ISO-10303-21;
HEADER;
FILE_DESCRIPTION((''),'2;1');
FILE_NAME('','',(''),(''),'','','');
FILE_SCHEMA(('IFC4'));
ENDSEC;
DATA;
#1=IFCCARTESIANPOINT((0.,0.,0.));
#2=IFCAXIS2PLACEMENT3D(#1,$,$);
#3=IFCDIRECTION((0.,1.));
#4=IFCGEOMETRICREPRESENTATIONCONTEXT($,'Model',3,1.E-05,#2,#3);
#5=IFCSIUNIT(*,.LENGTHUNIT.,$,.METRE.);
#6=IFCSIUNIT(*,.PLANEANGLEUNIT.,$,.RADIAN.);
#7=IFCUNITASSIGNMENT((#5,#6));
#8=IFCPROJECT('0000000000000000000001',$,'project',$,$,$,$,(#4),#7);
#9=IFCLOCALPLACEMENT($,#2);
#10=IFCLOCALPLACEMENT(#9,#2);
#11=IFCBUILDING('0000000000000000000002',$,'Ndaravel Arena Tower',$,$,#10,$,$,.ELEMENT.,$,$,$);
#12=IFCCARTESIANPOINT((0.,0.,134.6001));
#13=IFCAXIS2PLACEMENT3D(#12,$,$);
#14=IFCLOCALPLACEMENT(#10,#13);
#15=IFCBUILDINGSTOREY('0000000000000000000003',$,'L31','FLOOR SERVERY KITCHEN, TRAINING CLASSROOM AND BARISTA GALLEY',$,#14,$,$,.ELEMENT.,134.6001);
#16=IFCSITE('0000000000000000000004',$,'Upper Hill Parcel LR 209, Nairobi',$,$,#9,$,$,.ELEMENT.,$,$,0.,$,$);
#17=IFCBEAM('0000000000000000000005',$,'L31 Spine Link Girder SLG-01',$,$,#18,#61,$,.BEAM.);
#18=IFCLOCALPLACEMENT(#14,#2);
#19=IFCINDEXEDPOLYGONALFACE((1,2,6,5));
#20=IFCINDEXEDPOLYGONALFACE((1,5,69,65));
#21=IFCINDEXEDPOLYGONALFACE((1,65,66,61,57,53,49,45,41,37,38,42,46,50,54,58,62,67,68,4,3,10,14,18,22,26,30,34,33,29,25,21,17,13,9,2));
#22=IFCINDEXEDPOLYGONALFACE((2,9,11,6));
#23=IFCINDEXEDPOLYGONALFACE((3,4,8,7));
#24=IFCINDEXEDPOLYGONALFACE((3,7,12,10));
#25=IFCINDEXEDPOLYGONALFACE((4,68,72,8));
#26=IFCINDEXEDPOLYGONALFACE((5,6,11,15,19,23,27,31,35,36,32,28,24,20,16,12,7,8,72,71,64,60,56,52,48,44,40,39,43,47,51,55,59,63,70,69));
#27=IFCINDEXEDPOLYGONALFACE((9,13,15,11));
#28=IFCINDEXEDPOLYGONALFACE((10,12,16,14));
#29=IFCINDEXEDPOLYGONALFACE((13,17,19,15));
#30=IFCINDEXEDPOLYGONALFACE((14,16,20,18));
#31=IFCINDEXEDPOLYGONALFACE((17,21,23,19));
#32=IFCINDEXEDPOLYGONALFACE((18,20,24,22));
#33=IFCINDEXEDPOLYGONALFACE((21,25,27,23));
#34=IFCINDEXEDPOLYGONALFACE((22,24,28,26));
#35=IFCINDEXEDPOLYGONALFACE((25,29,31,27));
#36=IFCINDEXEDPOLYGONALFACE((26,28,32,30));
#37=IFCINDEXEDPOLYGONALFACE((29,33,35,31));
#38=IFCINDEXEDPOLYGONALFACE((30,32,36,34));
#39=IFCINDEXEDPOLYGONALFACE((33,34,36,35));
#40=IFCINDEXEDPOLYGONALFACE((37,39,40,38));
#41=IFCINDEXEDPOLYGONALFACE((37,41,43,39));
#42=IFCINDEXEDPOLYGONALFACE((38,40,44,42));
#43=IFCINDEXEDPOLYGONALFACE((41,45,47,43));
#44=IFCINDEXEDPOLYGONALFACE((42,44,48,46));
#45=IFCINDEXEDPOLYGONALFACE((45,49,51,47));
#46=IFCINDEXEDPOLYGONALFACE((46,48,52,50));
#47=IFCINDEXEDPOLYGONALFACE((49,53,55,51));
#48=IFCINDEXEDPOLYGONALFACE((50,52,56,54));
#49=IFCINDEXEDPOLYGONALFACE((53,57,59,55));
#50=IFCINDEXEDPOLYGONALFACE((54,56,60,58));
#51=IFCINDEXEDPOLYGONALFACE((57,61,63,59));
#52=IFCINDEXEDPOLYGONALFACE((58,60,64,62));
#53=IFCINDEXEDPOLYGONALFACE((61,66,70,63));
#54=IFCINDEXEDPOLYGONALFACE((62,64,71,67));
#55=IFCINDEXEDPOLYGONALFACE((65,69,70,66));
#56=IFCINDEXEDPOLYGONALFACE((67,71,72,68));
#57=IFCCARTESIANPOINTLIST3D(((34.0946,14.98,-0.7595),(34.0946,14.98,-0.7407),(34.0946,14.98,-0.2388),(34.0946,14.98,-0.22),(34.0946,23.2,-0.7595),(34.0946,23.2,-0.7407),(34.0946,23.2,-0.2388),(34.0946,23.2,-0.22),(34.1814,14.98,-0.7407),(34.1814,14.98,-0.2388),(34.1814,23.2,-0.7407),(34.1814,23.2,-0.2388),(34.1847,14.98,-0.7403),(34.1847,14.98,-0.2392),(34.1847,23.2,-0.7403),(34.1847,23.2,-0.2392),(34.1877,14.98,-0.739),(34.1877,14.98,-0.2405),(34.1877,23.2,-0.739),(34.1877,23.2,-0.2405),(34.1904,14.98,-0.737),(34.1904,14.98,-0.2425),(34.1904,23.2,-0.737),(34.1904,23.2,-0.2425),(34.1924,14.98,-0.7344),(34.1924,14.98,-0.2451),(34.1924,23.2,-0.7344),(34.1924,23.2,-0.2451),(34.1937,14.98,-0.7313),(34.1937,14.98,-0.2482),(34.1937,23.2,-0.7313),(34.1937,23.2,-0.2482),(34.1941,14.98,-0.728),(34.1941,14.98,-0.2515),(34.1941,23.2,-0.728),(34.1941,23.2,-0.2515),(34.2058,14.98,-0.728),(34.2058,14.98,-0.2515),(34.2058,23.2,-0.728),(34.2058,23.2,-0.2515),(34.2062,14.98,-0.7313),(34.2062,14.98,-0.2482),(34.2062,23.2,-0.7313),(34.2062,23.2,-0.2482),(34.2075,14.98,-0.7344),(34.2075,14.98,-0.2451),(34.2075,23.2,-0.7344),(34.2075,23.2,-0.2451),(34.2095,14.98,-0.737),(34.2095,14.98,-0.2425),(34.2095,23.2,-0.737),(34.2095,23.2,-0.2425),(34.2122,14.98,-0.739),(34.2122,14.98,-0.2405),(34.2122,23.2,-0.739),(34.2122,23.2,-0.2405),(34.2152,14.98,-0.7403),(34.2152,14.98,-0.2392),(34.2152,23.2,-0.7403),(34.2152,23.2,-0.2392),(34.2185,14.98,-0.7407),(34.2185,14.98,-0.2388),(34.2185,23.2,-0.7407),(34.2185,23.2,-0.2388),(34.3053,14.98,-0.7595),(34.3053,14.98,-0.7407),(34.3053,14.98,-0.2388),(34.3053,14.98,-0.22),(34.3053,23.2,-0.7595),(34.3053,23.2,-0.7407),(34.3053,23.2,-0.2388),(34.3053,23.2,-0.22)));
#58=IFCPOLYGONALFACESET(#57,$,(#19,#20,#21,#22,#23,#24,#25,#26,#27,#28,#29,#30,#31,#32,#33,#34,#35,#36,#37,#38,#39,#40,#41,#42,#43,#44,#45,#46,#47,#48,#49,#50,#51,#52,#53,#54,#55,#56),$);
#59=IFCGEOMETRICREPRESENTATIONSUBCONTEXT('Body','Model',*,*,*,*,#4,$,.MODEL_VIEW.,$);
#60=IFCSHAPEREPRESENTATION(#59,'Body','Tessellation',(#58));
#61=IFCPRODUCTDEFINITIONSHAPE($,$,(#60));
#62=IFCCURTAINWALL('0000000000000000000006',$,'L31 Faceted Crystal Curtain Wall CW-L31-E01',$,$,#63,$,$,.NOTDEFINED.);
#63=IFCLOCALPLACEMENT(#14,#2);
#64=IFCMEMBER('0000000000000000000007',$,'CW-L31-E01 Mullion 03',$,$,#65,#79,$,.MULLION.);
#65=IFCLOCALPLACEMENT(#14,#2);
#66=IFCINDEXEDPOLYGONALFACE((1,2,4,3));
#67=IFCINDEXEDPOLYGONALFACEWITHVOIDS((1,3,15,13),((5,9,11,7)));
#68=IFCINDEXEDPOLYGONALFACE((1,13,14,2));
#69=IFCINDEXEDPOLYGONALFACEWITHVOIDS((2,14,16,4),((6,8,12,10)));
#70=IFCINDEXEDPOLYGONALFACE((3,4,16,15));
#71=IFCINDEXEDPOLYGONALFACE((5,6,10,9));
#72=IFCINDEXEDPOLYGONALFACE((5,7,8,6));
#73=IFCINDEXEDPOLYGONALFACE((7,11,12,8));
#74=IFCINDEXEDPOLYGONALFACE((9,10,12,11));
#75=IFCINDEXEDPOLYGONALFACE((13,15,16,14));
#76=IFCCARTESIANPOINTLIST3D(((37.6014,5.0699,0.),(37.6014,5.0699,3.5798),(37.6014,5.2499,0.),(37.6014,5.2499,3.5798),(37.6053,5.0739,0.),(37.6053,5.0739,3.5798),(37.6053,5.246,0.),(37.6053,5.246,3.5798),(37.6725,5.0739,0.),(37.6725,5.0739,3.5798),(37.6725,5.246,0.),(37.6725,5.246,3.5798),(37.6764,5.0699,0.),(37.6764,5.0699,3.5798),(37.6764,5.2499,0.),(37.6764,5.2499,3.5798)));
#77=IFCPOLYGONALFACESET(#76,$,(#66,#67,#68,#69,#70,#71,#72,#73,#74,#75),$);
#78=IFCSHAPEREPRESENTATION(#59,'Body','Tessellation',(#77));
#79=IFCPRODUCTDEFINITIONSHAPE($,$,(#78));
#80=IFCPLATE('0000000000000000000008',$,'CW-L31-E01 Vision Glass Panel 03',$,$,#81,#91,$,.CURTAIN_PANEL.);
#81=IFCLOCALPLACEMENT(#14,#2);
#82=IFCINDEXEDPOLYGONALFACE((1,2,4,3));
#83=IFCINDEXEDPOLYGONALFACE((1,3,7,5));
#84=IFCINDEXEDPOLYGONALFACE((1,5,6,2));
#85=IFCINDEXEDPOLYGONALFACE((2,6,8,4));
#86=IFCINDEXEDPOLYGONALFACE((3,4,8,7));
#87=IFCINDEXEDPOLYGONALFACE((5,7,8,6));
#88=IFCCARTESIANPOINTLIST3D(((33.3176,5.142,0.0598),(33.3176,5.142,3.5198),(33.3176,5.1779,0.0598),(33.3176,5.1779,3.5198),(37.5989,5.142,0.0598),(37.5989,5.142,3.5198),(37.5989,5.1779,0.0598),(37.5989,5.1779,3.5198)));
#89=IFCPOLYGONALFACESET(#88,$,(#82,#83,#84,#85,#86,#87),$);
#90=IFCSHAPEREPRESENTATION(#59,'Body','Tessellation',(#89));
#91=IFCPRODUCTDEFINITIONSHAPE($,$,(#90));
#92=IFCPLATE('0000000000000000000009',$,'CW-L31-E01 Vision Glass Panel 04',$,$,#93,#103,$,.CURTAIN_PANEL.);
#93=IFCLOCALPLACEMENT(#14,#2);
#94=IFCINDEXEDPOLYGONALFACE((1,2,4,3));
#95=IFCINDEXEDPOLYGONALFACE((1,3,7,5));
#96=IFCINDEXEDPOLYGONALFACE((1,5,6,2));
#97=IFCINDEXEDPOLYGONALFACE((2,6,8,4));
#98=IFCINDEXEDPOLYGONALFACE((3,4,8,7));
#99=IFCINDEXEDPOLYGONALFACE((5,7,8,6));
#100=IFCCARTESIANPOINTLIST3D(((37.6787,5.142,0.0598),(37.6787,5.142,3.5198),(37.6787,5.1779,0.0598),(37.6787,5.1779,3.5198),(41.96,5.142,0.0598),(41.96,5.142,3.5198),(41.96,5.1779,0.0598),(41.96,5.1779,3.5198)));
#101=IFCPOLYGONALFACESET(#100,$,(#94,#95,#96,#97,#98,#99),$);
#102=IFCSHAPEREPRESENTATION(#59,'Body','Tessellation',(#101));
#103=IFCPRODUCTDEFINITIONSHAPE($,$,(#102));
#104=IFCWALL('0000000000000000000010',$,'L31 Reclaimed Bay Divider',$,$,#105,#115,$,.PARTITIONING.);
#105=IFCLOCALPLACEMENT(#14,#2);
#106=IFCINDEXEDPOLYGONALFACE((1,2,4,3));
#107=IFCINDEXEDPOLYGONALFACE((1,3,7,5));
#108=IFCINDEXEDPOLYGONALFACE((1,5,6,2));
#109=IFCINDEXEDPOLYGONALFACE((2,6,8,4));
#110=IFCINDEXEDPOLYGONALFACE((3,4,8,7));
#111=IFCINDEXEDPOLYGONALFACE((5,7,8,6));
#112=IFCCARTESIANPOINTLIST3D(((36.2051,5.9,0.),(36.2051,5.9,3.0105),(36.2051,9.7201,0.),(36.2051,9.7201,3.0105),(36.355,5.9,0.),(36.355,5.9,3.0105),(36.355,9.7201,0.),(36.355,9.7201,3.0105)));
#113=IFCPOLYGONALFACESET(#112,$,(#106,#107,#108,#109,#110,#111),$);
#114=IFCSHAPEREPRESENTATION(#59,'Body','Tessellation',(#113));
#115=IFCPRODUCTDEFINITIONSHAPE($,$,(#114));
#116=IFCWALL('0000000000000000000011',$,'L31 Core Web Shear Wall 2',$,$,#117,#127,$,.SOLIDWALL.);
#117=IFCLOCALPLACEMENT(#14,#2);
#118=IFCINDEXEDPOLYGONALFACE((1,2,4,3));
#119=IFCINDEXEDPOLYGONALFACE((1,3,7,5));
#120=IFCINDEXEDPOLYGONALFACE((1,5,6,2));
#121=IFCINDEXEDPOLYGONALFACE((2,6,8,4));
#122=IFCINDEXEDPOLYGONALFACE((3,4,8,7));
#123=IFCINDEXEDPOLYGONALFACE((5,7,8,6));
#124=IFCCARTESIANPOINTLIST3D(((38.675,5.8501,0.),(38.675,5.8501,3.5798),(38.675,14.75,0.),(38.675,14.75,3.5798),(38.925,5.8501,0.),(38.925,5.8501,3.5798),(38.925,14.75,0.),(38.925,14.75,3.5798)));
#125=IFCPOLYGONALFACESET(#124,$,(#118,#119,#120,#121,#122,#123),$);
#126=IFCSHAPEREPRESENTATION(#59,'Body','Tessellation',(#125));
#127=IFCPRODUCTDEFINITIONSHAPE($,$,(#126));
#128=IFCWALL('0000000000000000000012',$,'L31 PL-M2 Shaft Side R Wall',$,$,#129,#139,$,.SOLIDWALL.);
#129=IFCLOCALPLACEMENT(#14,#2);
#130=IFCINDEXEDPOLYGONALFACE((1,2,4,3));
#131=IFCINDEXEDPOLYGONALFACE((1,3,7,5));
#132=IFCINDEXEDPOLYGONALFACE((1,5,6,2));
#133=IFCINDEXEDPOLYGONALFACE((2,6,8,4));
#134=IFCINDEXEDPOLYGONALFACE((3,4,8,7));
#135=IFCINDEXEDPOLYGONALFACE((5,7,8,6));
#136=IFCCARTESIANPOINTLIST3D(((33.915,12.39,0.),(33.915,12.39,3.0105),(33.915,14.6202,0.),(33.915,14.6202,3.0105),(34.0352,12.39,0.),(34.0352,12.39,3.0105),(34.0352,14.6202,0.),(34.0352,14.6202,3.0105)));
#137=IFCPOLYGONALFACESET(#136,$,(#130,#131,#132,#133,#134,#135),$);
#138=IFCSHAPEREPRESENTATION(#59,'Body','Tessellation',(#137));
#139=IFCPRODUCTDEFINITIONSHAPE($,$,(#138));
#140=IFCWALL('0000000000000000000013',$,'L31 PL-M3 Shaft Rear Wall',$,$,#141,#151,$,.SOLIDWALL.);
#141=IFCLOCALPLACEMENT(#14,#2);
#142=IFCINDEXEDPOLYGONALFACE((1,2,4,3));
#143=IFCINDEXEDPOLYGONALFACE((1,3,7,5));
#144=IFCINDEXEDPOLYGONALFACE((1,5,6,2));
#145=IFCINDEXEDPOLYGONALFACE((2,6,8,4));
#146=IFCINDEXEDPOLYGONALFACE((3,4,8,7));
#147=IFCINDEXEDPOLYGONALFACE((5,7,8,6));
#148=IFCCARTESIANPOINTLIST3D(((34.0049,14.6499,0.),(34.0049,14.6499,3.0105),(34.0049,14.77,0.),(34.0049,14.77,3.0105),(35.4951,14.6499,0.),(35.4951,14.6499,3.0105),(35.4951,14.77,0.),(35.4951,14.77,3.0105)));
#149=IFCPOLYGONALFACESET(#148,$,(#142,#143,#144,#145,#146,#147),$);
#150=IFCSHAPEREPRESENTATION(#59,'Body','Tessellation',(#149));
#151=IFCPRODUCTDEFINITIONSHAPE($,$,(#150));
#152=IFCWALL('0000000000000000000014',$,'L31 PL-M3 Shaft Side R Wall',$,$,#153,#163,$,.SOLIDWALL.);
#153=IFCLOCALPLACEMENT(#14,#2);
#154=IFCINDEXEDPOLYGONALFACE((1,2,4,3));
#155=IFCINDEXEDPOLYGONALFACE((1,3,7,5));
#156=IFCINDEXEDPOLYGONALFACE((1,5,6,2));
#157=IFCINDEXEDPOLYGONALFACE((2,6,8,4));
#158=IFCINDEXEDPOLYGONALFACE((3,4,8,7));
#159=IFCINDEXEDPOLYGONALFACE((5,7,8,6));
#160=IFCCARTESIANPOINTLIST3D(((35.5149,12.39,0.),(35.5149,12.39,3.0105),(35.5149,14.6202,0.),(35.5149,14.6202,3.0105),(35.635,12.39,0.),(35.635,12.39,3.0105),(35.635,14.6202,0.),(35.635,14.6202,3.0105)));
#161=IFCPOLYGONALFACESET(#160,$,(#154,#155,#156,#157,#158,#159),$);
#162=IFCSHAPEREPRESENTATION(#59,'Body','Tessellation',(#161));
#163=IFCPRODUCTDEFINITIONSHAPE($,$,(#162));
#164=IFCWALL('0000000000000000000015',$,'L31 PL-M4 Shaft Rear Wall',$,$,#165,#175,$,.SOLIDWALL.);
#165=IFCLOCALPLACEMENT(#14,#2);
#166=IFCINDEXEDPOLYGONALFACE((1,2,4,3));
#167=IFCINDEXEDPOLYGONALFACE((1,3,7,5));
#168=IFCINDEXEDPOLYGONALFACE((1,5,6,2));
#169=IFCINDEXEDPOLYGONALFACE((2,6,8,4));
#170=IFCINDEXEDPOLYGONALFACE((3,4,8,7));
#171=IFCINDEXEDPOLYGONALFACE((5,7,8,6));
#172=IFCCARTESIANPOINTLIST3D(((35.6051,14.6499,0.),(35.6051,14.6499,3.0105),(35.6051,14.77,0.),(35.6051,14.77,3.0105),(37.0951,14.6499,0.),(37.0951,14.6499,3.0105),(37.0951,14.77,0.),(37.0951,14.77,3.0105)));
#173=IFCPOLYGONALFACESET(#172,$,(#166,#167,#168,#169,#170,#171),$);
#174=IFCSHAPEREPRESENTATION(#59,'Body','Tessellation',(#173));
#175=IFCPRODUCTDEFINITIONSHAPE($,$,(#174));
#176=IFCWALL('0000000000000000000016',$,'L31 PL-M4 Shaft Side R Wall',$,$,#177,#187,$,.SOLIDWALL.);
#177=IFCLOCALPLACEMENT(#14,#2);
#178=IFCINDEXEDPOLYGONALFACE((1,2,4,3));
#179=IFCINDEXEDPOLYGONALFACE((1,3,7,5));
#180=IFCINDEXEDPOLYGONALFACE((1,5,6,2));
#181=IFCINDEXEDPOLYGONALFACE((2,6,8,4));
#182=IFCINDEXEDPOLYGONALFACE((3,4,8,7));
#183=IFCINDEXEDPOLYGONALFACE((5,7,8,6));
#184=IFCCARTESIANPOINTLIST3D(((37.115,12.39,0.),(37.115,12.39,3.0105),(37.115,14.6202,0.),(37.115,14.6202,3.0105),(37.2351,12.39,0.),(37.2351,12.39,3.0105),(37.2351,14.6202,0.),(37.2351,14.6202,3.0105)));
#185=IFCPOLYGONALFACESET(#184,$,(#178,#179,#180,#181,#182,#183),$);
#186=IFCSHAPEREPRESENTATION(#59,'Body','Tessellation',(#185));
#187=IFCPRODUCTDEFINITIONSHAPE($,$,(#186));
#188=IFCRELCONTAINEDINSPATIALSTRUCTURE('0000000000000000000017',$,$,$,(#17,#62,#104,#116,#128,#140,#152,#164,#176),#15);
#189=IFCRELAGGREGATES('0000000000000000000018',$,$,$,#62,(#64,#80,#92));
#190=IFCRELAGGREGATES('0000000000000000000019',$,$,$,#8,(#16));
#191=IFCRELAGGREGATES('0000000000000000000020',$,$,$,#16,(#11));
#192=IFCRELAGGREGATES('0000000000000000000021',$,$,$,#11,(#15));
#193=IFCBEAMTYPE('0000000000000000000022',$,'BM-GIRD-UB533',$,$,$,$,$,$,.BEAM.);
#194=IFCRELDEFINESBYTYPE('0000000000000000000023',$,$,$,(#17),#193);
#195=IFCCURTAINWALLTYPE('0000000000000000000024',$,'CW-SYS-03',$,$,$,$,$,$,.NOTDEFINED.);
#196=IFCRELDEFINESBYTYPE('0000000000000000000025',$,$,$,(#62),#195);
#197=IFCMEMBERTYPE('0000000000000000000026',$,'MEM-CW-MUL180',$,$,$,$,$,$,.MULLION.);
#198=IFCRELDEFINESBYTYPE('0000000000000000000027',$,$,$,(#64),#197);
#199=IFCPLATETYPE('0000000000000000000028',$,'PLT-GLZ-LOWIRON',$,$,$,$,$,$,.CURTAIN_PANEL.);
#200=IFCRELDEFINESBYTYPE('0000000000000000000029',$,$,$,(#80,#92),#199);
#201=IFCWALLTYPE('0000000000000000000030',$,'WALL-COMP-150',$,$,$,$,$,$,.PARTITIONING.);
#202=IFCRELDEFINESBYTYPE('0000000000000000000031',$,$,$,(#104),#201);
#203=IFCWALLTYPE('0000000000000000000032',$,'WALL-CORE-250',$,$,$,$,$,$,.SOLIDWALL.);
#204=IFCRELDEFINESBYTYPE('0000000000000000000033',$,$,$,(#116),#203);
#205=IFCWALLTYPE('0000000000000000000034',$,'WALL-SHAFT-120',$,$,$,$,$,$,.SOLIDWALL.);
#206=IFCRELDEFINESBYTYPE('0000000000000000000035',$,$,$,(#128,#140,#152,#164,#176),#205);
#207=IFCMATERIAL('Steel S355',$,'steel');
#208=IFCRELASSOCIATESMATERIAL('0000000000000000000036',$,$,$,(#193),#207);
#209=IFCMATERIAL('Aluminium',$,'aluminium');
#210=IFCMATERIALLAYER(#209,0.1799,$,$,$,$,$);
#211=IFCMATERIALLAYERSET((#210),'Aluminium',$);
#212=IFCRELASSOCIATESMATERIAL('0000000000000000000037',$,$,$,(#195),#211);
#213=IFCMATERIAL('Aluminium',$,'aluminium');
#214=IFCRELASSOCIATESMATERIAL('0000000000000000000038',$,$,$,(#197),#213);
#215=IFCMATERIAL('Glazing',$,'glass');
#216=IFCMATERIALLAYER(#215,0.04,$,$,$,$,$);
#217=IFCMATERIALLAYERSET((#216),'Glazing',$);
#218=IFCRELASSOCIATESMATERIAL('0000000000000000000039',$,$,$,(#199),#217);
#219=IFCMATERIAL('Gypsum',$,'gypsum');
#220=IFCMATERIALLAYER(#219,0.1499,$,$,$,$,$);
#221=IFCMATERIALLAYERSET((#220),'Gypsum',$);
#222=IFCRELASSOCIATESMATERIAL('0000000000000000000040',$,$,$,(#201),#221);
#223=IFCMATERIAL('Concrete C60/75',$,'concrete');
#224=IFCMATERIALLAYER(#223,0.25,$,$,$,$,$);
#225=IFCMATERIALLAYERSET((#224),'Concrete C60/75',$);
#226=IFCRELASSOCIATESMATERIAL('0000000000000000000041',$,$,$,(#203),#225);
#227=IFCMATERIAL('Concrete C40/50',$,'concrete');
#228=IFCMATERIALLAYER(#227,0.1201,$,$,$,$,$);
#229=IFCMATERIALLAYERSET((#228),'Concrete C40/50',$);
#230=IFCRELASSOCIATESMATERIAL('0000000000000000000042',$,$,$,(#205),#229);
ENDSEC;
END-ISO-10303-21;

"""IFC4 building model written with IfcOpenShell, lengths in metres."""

from ifc_helpers import new_model, si_unit, direction, frame, frame_2d, origin, origin_2d, place, context, subcontext, project, spatial, rectangle, hollow_rectangle, i_section, extrude, material, layer, layer_set, material_profile, profile_set, type_object, element, aggregate, save


model = new_model("IFC4")

# Units and contexts
model_context = context("Model", 3, precision=1e-05, world=origin(), true_north=direction((0.0, 1.0)))
body_context = subcontext(model_context, "Body", "Model", "MODEL_VIEW")
ifc_project = project(units=[si_unit("LENGTHUNIT", "METRE"), si_unit("PLANEANGLEUNIT", "RADIAN")], contexts=[model_context])

# Site, building, storey
site_placement = place(None, origin())
site = spatial("IfcSite", under=ifc_project, at=site_placement, Name="Upper Hill Parcel LR 209, Nairobi", CompositionType="ELEMENT", RefElevation=0.0)
building_placement = place(site_placement, origin())
building = spatial("IfcBuilding", under=site, at=building_placement, Name="Ndaravel Arena Tower", CompositionType="ELEMENT")
storey_placement = place(building_placement, frame((0.0, 0.0, 134.6001)))
storey = spatial("IfcBuildingStorey", under=building, at=storey_placement, Name="L31", Description="FLOOR SERVERY KITCHEN, TRAINING CLASSROOM AND BARISTA GALLEY", CompositionType="ELEMENT", Elevation=134.6001)

# Beam
ifc_material_1 = material(Name="Steel S355", Category="steel")
ifc_material_profile_1 = material_profile(ifc_material_1, i_section(OverallWidth=0.2107, OverallDepth=0.5396, WebThickness=0.0117, FlangeThickness=0.0188, FilletRadius=0.0127, at=origin_2d()), Name="UB 533x210x109")
ifc_profile_set_1 = profile_set([ifc_material_profile_1], Name="Steel S355")
beam_type = type_object("IfcBeamType", Name="BM-GIRD-UB533", PredefinedType="BEAM", material=ifc_profile_set_1)
beam_placement = place(storey_placement, frame((34.2, 14.98, -0.4897), z_axis=(0.0, 1.0, 0.0), x_axis=(-1.0, 0.0, 0.0)))
element("IfcBeam", 1, at=beam_placement, inside=storey, type_object=beam_type, Name="L31 Spine Link Girder SLG-01", PredefinedType="BEAM", context=body_context, shape_type="SweptSolid", body=[
    extrude(i_section(OverallWidth=0.2107, OverallDepth=0.5396, WebThickness=0.0117, FlangeThickness=0.0188, FilletRadius=0.0127, at=origin_2d()), origin(), (0.0, 0.0, 1.0), 8.22),
])

# Curtain wall, member, plates
ifc_material_2 = material(Name="Aluminium", Category="aluminium")
ifc_layer_1 = layer(ifc_material_2, 0.1799)
ifc_layer_set_1 = layer_set([ifc_layer_1], Name="Aluminium")
curtain_wall_type = type_object("IfcCurtainWallType", Name="CW-SYS-03", PredefinedType="NOTDEFINED", material=ifc_layer_set_1)
curtain_wall_placement = place(storey_placement, origin())
curtain_wall = element("IfcCurtainWall", 2, at=curtain_wall_placement, inside=storey, type_object=curtain_wall_type, Name="L31 Faceted Crystal Curtain Wall CW-L31-E01", PredefinedType="NOTDEFINED")
ifc_material_3 = material(Name="Aluminium", Category="aluminium")
ifc_material_profile_2 = material_profile(ifc_material_3, hollow_rectangle(XDim=0.075, YDim=0.1799, WallThickness=0.0039, at=origin_2d()), Name="CW MULLION 75x180x4")
ifc_profile_set_2 = profile_set([ifc_material_profile_2], Name="Aluminium")
member_type = type_object("IfcMemberType", Name="MEM-CW-MUL180", PredefinedType="MULLION", material=ifc_profile_set_2)
member_placement = place(storey_placement, frame((37.6389, 5.1599, 0.0), z_axis=(0.0, 0.0, 1.0), x_axis=(1.0, 0.0, 0.0)))
member = element("IfcMember", 3, at=member_placement, type_object=member_type, Name="CW-L31-E01 Mullion 03", PredefinedType="MULLION", context=body_context, shape_type="SweptSolid", body=[
    extrude(hollow_rectangle(XDim=0.075, YDim=0.1799, WallThickness=0.0039, at=origin_2d()), origin(), (0.0, 0.0, 1.0), 3.5798),
])
ifc_material_4 = material(Name="Glazing", Category="glass")
ifc_layer_2 = layer(ifc_material_4, 0.04)
ifc_layer_set_2 = layer_set([ifc_layer_2], Name="Glazing")
plate_type = type_object("IfcPlateType", Name="PLT-GLZ-LOWIRON", PredefinedType="CURTAIN_PANEL", material=ifc_layer_set_2)
plate_1_placement = place(storey_placement, frame((35.4583, 5.1599, 0.0598), z_axis=(0.0, 0.0, 1.0), x_axis=(1.0, 0.0, 0.0)))
plate_1 = element("IfcPlate", 4, at=plate_1_placement, type_object=plate_type, Name="CW-L31-E01 Vision Glass Panel 03", PredefinedType="CURTAIN_PANEL", context=body_context, shape_type="SweptSolid", body=[
    extrude(rectangle(XDim=4.2812, YDim=0.0359, at=origin_2d()), origin(), (0.0, 0.0, 1.0), 3.46),
])
plate_2_placement = place(storey_placement, frame((39.8193, 5.1599, 0.0598), z_axis=(0.0, 0.0, 1.0), x_axis=(1.0, 0.0, 0.0)))
plate_2 = element("IfcPlate", 5, at=plate_2_placement, type_object=plate_type, Name="CW-L31-E01 Vision Glass Panel 04", PredefinedType="CURTAIN_PANEL", context=body_context, shape_type="SweptSolid", body=[
    extrude(rectangle(XDim=4.2812, YDim=0.0359, at=origin_2d()), origin(), (0.0, 0.0, 1.0), 3.46),
])
aggregate(curtain_wall, [member, plate_1, plate_2])

# Walls
ifc_material_5 = material(Name="Gypsum", Category="gypsum")
ifc_layer_3 = layer(ifc_material_5, 0.1499)
ifc_layer_set_3 = layer_set([ifc_layer_3], Name="Gypsum")
wall_type_1 = type_object("IfcWallType", Name="WALL-COMP-150", PredefinedType="PARTITIONING", material=ifc_layer_set_3)
wall_1_placement = place(storey_placement, frame((36.28, 5.8999, 0.0), z_axis=(0.0, 0.0, 1.0), x_axis=(0.0, 1.0, 0.0)))
element("IfcWall", 6, at=wall_1_placement, inside=storey, type_object=wall_type_1, Name="L31 Reclaimed Bay Divider", PredefinedType="PARTITIONING", context=body_context, shape_type="SweptSolid", body=[
    extrude(rectangle(XDim=3.8201, YDim=0.1499, at=frame_2d((1.9102, 0.0))), origin(), (0.0, 0.0, 1.0), 3.0105),
])
ifc_material_6 = material(Name="Concrete C60/75", Category="concrete")
ifc_layer_4 = layer(ifc_material_6, 0.25)
ifc_layer_set_4 = layer_set([ifc_layer_4], Name="Concrete C60/75")
wall_type_2 = type_object("IfcWallType", Name="WALL-CORE-250", PredefinedType="SOLIDWALL", material=ifc_layer_set_4)
wall_2_placement = place(storey_placement, frame((38.8, 5.8501, 0.0), z_axis=(0.0, 0.0, 1.0), x_axis=(0.0, 1.0, 0.0)))
element("IfcWall", 7, at=wall_2_placement, inside=storey, type_object=wall_type_2, Name="L31 Core Web Shear Wall 2", PredefinedType="SOLIDWALL", context=body_context, shape_type="SweptSolid", body=[
    extrude(rectangle(XDim=8.8999, YDim=0.25, at=frame_2d((4.45, 0.0))), origin(), (0.0, 0.0, 1.0), 3.5798),
])
ifc_material_7 = material(Name="Concrete C40/50", Category="concrete")
ifc_layer_5 = layer(ifc_material_7, 0.1201)
ifc_layer_set_5 = layer_set([ifc_layer_5], Name="Concrete C40/50")
wall_type_3 = type_object("IfcWallType", Name="WALL-SHAFT-120", PredefinedType="SOLIDWALL", material=ifc_layer_set_5)
wall_3_placement = place(storey_placement, frame((33.9751, 12.3899, 0.0), z_axis=(0.0, 0.0, 1.0), x_axis=(0.0, 1.0, 0.0)))
element("IfcWall", 8, at=wall_3_placement, inside=storey, type_object=wall_type_3, Name="L31 PL-M2 Shaft Side R Wall", PredefinedType="SOLIDWALL", context=body_context, shape_type="SweptSolid", body=[
    extrude(rectangle(XDim=2.2302, YDim=0.1201, at=frame_2d((1.1152, 0.0))), origin(), (0.0, 0.0, 1.0), 3.0105),
])
wall_4_placement = place(storey_placement, frame((34.0049, 14.71, 0.0), z_axis=(0.0, 0.0, 1.0), x_axis=(1.0, 0.0, 0.0)))
element("IfcWall", 9, at=wall_4_placement, inside=storey, type_object=wall_type_3, Name="L31 PL-M3 Shaft Rear Wall", PredefinedType="SOLIDWALL", context=body_context, shape_type="SweptSolid", body=[
    extrude(rectangle(XDim=1.4902, YDim=0.1201, at=frame_2d((0.7451, 0.0))), origin(), (0.0, 0.0, 1.0), 3.0105),
])
wall_5_placement = place(storey_placement, frame((35.575, 12.3899, 0.0), z_axis=(0.0, 0.0, 1.0), x_axis=(0.0, 1.0, 0.0)))
element("IfcWall", 10, at=wall_5_placement, inside=storey, type_object=wall_type_3, Name="L31 PL-M3 Shaft Side R Wall", PredefinedType="SOLIDWALL", context=body_context, shape_type="SweptSolid", body=[
    extrude(rectangle(XDim=2.2302, YDim=0.1201, at=frame_2d((1.1152, 0.0))), origin(), (0.0, 0.0, 1.0), 3.0105),
])
wall_6_placement = place(storey_placement, frame((35.605, 14.71, 0.0), z_axis=(0.0, 0.0, 1.0), x_axis=(1.0, 0.0, 0.0)))
element("IfcWall", 11, at=wall_6_placement, inside=storey, type_object=wall_type_3, Name="L31 PL-M4 Shaft Rear Wall", PredefinedType="SOLIDWALL", context=body_context, shape_type="SweptSolid", body=[
    extrude(rectangle(XDim=1.49, YDim=0.1201, at=frame_2d((0.7451, 0.0))), origin(), (0.0, 0.0, 1.0), 3.0105),
])
wall_7_placement = place(storey_placement, frame((37.175, 12.3899, 0.0), z_axis=(0.0, 0.0, 1.0), x_axis=(0.0, 1.0, 0.0)))
element("IfcWall", 12, at=wall_7_placement, inside=storey, type_object=wall_type_3, Name="L31 PL-M4 Shaft Side R Wall", PredefinedType="SOLIDWALL", context=body_context, shape_type="SweptSolid", body=[
    extrude(rectangle(XDim=2.2302, YDim=0.1201, at=frame_2d((1.1152, 0.0))), origin(), (0.0, 0.0, 1.0), 3.0105),
])

save(model, "model.ifc")
